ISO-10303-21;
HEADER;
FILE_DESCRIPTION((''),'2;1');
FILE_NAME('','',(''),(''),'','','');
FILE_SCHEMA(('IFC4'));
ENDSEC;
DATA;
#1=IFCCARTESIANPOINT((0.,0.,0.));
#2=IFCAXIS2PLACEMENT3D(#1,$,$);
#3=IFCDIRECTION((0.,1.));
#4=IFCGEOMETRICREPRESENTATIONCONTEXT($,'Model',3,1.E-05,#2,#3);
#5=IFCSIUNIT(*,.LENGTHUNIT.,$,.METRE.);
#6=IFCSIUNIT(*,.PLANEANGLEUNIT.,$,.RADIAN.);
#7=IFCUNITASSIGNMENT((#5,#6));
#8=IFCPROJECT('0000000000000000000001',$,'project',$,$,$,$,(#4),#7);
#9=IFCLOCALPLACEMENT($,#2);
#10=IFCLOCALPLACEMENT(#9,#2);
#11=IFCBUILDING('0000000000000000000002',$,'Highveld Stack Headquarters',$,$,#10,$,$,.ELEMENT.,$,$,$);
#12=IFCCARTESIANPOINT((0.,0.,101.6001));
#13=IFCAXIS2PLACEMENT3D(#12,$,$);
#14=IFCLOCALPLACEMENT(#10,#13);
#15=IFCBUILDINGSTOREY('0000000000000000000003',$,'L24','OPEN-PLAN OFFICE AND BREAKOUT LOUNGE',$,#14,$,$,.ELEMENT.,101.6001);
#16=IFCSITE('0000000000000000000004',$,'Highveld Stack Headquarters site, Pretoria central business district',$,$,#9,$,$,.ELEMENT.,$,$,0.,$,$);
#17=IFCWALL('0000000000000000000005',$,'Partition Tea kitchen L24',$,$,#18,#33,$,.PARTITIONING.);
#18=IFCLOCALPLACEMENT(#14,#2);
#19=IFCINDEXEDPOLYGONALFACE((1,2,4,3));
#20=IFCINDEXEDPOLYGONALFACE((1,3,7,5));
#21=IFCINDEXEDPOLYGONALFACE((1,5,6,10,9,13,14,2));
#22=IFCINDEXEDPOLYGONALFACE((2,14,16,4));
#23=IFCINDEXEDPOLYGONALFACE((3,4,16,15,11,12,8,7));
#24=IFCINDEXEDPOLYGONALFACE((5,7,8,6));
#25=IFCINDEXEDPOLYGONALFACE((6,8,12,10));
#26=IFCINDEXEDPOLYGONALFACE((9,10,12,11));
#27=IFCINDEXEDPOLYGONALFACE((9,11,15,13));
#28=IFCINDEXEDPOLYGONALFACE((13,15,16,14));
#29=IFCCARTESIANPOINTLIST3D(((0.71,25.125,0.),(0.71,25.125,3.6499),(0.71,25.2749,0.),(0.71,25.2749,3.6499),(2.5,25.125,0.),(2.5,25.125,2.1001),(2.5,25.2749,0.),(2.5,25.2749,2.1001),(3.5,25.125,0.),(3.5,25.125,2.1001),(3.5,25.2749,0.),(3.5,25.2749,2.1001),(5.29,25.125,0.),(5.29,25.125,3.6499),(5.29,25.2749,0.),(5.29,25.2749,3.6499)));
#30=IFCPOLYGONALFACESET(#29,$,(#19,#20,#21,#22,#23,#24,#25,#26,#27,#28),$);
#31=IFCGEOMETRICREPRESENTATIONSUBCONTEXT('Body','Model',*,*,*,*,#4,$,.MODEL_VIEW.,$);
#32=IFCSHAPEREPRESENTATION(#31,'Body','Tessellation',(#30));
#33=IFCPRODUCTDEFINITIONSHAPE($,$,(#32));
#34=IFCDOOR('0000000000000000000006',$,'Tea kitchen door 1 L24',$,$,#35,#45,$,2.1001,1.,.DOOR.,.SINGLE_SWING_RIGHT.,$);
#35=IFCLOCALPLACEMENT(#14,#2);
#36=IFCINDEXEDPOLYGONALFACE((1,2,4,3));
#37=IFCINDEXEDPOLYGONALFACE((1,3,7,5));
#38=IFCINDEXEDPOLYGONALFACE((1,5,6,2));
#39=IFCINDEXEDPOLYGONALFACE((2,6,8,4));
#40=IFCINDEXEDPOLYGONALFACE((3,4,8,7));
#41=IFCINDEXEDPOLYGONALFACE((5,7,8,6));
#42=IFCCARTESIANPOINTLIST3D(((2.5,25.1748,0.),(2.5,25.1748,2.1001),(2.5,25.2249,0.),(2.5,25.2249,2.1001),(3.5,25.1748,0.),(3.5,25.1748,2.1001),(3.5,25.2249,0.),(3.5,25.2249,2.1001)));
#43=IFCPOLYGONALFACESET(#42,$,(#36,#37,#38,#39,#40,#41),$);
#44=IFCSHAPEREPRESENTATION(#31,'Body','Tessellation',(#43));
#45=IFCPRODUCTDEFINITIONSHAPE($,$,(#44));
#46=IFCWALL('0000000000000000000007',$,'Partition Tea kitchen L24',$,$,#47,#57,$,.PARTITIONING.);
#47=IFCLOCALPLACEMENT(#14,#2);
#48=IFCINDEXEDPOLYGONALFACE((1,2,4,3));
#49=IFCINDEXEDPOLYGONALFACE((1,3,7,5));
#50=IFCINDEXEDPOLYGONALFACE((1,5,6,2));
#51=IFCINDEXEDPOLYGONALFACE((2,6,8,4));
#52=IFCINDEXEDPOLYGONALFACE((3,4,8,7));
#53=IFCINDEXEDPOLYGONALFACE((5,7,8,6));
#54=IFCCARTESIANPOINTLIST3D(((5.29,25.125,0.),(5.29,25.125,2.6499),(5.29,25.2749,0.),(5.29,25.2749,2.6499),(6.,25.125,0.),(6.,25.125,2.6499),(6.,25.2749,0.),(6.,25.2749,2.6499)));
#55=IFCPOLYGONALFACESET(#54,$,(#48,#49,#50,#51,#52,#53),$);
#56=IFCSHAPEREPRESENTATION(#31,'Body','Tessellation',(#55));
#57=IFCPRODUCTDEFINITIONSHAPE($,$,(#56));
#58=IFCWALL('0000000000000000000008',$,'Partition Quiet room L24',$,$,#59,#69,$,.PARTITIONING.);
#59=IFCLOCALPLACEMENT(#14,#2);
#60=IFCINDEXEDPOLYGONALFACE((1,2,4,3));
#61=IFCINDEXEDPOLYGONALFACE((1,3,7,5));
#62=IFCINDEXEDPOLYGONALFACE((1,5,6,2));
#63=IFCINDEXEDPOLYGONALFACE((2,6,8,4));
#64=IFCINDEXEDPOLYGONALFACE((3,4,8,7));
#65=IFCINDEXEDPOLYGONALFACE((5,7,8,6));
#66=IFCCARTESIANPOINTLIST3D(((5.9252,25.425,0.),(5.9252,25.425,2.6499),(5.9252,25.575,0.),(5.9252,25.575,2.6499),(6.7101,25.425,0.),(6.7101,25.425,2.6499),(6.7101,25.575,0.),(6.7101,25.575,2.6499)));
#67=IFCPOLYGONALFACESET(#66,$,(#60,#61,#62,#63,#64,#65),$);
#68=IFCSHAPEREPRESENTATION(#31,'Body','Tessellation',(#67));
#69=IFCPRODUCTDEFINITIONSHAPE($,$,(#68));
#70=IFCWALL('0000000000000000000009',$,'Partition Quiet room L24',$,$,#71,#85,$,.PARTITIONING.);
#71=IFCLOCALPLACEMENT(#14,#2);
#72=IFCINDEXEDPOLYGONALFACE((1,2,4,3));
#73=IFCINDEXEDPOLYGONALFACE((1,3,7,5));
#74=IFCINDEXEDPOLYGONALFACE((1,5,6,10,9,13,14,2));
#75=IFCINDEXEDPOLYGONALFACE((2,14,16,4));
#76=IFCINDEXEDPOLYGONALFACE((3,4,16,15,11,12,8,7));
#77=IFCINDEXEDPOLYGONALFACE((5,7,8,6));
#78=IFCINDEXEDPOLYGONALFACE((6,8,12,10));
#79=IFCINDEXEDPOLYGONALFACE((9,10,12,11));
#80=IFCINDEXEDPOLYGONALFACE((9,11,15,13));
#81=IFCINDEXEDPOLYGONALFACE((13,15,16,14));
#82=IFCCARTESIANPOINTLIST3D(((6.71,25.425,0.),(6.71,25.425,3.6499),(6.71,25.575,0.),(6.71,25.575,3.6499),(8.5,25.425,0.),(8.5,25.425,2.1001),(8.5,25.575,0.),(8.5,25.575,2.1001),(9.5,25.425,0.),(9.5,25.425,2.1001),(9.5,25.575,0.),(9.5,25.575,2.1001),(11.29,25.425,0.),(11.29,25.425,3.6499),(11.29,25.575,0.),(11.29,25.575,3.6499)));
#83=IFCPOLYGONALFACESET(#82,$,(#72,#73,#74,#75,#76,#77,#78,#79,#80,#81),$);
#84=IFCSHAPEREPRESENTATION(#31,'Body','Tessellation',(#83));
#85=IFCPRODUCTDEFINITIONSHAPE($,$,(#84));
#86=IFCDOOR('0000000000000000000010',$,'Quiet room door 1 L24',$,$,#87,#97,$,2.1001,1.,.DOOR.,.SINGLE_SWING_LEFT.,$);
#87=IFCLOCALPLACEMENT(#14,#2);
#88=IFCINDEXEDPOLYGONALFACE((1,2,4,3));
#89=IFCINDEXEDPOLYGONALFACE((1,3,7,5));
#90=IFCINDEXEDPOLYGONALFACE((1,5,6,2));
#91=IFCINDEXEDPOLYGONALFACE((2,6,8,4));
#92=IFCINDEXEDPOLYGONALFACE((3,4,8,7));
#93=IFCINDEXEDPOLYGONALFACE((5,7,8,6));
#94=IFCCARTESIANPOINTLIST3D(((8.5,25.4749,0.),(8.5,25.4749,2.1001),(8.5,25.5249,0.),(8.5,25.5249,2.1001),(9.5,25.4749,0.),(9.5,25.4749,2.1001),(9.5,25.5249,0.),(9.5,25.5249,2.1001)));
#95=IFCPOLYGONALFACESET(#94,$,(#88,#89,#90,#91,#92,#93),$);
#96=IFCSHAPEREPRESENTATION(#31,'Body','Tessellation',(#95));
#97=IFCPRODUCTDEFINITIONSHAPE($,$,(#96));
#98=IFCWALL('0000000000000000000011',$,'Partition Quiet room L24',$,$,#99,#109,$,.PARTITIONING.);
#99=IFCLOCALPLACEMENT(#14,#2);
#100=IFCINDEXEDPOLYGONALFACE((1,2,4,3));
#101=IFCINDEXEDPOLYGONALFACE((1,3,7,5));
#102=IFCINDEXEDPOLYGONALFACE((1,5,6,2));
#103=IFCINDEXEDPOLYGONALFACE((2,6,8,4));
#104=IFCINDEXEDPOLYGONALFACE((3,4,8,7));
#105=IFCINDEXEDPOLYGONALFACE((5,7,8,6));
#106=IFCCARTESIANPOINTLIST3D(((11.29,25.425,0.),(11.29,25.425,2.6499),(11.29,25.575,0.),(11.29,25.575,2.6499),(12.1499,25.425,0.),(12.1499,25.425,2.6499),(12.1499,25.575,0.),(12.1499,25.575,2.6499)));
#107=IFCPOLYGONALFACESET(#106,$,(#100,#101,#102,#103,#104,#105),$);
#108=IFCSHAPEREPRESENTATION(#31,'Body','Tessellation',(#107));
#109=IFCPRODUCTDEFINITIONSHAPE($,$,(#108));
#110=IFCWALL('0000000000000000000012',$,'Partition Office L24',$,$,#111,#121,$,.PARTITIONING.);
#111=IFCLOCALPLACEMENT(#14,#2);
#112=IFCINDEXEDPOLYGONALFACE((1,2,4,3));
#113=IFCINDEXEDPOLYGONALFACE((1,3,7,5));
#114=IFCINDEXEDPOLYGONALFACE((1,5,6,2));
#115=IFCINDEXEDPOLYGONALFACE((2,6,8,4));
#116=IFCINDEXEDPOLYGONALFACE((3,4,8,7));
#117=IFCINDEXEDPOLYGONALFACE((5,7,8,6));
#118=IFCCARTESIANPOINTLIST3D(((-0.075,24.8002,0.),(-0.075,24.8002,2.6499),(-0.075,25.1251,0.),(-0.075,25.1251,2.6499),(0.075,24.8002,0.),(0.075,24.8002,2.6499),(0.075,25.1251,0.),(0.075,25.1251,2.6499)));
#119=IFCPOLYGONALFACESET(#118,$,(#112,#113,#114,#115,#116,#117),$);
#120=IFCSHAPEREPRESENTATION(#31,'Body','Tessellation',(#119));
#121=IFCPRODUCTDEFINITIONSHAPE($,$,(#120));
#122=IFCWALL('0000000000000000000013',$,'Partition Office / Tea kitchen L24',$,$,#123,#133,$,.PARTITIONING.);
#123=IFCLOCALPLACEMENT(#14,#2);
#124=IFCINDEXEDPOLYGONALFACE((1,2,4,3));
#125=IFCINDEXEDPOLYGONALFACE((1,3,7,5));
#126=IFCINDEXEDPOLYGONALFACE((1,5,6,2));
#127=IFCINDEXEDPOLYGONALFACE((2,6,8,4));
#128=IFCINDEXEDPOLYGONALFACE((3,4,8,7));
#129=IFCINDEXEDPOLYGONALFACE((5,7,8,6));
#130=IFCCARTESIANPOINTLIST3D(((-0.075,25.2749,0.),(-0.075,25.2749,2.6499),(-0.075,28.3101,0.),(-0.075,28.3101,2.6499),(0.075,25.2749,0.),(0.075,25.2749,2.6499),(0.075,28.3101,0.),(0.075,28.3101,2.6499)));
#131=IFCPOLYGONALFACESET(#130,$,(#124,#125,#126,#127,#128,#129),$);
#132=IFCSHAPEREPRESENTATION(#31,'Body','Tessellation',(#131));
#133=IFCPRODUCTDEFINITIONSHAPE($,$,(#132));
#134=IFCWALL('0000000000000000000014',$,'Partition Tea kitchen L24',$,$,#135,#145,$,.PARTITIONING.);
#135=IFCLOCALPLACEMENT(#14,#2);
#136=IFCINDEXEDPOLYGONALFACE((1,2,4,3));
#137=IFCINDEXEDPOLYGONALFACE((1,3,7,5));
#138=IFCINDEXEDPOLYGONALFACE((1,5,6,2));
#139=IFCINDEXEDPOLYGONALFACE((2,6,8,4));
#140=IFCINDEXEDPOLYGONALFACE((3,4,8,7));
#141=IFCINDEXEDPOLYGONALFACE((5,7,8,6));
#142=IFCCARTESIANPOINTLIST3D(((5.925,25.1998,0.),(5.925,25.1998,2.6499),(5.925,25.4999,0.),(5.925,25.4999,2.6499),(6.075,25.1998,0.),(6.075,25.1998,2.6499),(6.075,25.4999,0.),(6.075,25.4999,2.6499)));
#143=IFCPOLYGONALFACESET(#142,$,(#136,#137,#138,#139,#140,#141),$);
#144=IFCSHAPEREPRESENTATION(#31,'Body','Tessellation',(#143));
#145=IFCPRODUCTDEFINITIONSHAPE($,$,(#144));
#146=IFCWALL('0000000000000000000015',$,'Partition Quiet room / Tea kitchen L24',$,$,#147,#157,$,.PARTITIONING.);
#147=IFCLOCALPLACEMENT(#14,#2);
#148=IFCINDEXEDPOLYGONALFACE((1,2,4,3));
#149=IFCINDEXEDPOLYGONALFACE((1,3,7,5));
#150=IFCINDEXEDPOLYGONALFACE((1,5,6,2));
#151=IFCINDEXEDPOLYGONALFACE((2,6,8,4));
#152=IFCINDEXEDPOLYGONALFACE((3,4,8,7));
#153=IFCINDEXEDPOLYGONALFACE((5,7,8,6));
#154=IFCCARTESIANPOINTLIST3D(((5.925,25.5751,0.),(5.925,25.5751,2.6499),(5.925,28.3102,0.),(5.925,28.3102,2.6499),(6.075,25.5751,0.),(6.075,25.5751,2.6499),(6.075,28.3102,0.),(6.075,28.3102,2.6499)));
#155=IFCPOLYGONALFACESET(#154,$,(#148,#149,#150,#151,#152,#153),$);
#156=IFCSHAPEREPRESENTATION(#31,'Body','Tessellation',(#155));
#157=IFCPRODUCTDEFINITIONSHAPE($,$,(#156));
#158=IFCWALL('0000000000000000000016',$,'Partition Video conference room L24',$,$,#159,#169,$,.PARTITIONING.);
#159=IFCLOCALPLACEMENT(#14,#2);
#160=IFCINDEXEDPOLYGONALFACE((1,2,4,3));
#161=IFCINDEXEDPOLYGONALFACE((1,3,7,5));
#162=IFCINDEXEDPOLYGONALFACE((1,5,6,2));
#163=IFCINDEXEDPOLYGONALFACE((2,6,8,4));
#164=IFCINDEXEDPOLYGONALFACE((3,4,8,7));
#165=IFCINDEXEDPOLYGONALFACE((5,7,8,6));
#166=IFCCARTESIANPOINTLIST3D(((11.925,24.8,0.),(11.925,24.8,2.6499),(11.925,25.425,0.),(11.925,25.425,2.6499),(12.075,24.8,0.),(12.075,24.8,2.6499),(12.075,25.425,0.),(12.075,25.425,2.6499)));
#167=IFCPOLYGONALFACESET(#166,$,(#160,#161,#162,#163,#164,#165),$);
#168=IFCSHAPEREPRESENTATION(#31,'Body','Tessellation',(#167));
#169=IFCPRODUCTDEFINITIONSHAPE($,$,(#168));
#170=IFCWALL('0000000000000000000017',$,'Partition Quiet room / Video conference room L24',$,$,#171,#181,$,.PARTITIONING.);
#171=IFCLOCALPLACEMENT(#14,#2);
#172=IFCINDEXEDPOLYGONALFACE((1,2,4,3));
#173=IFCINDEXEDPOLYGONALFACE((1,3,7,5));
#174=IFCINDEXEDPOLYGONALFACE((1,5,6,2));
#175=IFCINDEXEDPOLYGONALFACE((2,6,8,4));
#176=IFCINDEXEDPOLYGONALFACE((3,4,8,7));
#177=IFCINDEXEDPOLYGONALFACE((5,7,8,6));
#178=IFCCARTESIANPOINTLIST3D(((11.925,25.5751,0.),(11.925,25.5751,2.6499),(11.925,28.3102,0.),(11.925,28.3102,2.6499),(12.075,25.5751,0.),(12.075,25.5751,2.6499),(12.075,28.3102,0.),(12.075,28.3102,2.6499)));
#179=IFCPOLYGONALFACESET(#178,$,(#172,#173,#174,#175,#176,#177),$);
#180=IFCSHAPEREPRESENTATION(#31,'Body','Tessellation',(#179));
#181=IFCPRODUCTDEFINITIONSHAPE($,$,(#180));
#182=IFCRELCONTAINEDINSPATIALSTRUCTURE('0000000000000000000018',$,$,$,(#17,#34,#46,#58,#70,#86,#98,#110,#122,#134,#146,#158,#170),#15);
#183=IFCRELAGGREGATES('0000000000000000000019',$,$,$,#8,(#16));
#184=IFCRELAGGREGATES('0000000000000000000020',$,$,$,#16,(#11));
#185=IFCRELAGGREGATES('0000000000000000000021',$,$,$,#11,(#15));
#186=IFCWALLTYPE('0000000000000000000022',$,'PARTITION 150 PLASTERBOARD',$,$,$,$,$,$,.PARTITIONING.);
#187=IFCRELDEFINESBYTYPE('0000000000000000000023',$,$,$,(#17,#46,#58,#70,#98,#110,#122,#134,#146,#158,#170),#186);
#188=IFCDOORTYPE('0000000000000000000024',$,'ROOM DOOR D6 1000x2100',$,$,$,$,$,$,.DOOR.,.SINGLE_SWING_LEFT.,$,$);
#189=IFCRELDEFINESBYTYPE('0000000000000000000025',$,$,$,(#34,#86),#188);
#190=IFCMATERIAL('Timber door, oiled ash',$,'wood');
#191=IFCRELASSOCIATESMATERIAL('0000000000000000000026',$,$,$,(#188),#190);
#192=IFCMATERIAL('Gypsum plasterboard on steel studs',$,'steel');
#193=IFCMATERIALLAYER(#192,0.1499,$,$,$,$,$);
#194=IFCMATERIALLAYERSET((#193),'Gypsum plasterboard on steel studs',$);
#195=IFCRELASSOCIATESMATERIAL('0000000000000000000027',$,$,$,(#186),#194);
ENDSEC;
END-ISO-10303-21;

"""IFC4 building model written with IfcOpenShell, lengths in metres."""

from ifc_helpers import new_model, si_unit, direction, frame, frame_2d, origin, place, context, subcontext, project, spatial, rectangle, extrude, material, layer, layer_set, type_object, element, fill, save


model = new_model("IFC4")

# Units and contexts
model_context = context("Model", 3, precision=1e-05, world=origin(), true_north=direction((0.0, 1.0)))
body_context = subcontext(model_context, "Body", "Model", "MODEL_VIEW")
ifc_project = project(units=[si_unit("LENGTHUNIT", "METRE"), si_unit("PLANEANGLEUNIT", "RADIAN")], contexts=[model_context])

# Site, building, storey
site_placement = place(None, origin())
site = spatial("IfcSite", under=ifc_project, at=site_placement, Name="Highveld Stack Headquarters site, Pretoria central business district", CompositionType="ELEMENT", RefElevation=0.0)
building_placement = place(site_placement, origin())
building = spatial("IfcBuilding", under=site, at=building_placement, Name="Highveld Stack Headquarters", CompositionType="ELEMENT")
storey_placement = place(building_placement, frame((0.0, 0.0, 101.6001)))
storey = spatial("IfcBuildingStorey", under=building, at=storey_placement, Name="L24", Description="OPEN-PLAN OFFICE AND BREAKOUT LOUNGE", CompositionType="ELEMENT", Elevation=101.6001)

# Shared definitions
ifc_material_1 = material(Name="Timber door, oiled ash", Category="wood")
door_type = type_object("IfcDoorType", Name="ROOM DOOR D6 1000x2100", OperationType="SINGLE_SWING_LEFT", PredefinedType="DOOR", material=ifc_material_1)

# Shared definitions
ifc_material_2 = material(Name="Gypsum plasterboard on steel studs", Category="steel")
ifc_layer_1 = layer(ifc_material_2, 0.1499)
ifc_layer_set_1 = layer_set([ifc_layer_1], Name="Gypsum plasterboard on steel studs")
wall_type_1 = type_object("IfcWallType", Name="PARTITION 150 PLASTERBOARD", PredefinedType="PARTITIONING", material=ifc_layer_set_1)

# Wall, opening, door
wall_1_placement = place(storey_placement, frame((0.71, 25.2, 0.0), z_axis=(0.0, 0.0, 1.0), x_axis=(1.0, 0.0, 0.0)))
wall_1 = element("IfcWall", 1, at=wall_1_placement, inside=storey, type_object=wall_type_1, Name="Partition Tea kitchen L24", PredefinedType="PARTITIONING", context=body_context, shape_type="SweptSolid", body=[
    extrude(rectangle(XDim=4.5801, YDim=0.1499, at=frame_2d((2.29, 0.0))), origin(), (0.0, 0.0, 1.0), 3.6499),
])
opening_1_placement = place(wall_1_placement, frame((1.79, 0.0, 0.0)))
opening_1 = element("IfcOpeningElement", 2, at=opening_1_placement, cuts=wall_1, PredefinedType="OPENING", context=body_context, shape_type="SweptSolid", body=[
    extrude(rectangle(XDim=1.0, YDim=2.1001, at=frame_2d((0.5, 1.05))), frame((0.0, 0.085, 0.0), z_axis=(0.0, -1.0, 0.0), x_axis=(1.0, 0.0, 0.0)), (0.0, 0.0, 1.0), 0.1699),
])
door_1_placement = place(opening_1_placement, origin())
door_1 = element("IfcDoor", 3, at=door_1_placement, inside=storey, type_object=door_type, Name="Tea kitchen door 1 L24", OperationType="SINGLE_SWING_RIGHT", OverallHeight=2.1001, OverallWidth=1.0, PredefinedType="DOOR", context=body_context, shape_type="SweptSolid", body=[
    extrude(rectangle(XDim=1.0, YDim=2.1001, at=frame_2d((0.5, 1.05))), frame((0.0, 0.0249, 0.0), z_axis=(0.0, -1.0, 0.0), x_axis=(1.0, 0.0, 0.0)), (0.0, 0.0, 1.0), 0.05),
])
fill(opening_1, door_1)

# Walls
wall_2_placement = place(storey_placement, frame((5.29, 25.2, 0.0), z_axis=(0.0, 0.0, 1.0), x_axis=(1.0, 0.0, 0.0)))
element("IfcWall", 4, at=wall_2_placement, inside=storey, type_object=wall_type_1, Name="Partition Tea kitchen L24", PredefinedType="PARTITIONING", context=body_context, shape_type="SweptSolid", body=[
    extrude(rectangle(XDim=0.71, YDim=0.1499, at=frame_2d((0.355, 0.0))), origin(), (0.0, 0.0, 1.0), 2.6499),
])
wall_3_placement = place(storey_placement, frame((5.925, 25.5, 0.0), z_axis=(0.0, 0.0, 1.0), x_axis=(1.0, 0.0, 0.0)))
element("IfcWall", 5, at=wall_3_placement, inside=storey, type_object=wall_type_1, Name="Partition Quiet room L24", PredefinedType="PARTITIONING", context=body_context, shape_type="SweptSolid", body=[
    extrude(rectangle(XDim=0.7849, YDim=0.1499, at=frame_2d((0.3926, 0.0))), origin(), (0.0, 0.0, 1.0), 2.6499),
])

# Wall, opening, door
wall_4_placement = place(storey_placement, frame((6.71, 25.5, 0.0), z_axis=(0.0, 0.0, 1.0), x_axis=(1.0, 0.0, 0.0)))
wall_4 = element("IfcWall", 6, at=wall_4_placement, inside=storey, type_object=wall_type_1, Name="Partition Quiet room L24", PredefinedType="PARTITIONING", context=body_context, shape_type="SweptSolid", body=[
    extrude(rectangle(XDim=4.5801, YDim=0.1499, at=frame_2d((2.29, 0.0))), origin(), (0.0, 0.0, 1.0), 3.6499),
])
opening_2_placement = place(wall_4_placement, frame((1.79, 0.0, 0.0)))
opening_2 = element("IfcOpeningElement", 7, at=opening_2_placement, cuts=wall_4, PredefinedType="OPENING", context=body_context, shape_type="SweptSolid", body=[
    extrude(rectangle(XDim=1.0, YDim=2.1001, at=frame_2d((0.5, 1.05))), frame((0.0, 0.085, 0.0), z_axis=(0.0, -1.0, 0.0), x_axis=(1.0, 0.0, 0.0)), (0.0, 0.0, 1.0), 0.1699),
])
door_2_placement = place(opening_2_placement, origin())
door_2 = element("IfcDoor", 8, at=door_2_placement, inside=storey, type_object=door_type, Name="Quiet room door 1 L24", OperationType="SINGLE_SWING_LEFT", OverallHeight=2.1001, OverallWidth=1.0, PredefinedType="DOOR", context=body_context, shape_type="SweptSolid", body=[
    extrude(rectangle(XDim=1.0, YDim=2.1001, at=frame_2d((0.5, 1.05))), frame((0.0, 0.0249, 0.0), z_axis=(0.0, -1.0, 0.0), x_axis=(1.0, 0.0, 0.0)), (0.0, 0.0, 1.0), 0.05),
])
fill(opening_2, door_2)

# Walls
wall_5_placement = place(storey_placement, frame((11.29, 25.5, 0.0), z_axis=(0.0, 0.0, 1.0), x_axis=(1.0, 0.0, 0.0)))
element("IfcWall", 9, at=wall_5_placement, inside=storey, type_object=wall_type_1, Name="Partition Quiet room L24", PredefinedType="PARTITIONING", context=body_context, shape_type="SweptSolid", body=[
    extrude(rectangle(XDim=0.8599, YDim=0.1499, at=frame_2d((0.4299, 0.0))), origin(), (0.0, 0.0, 1.0), 2.6499),
])
wall_6_placement = place(storey_placement, frame((0.0, 24.8, 0.0), z_axis=(0.0, 0.0, 1.0), x_axis=(0.0, 1.0, 0.0)))
element("IfcWall", 10, at=wall_6_placement, inside=storey, type_object=wall_type_1, Name="Partition Office L24", PredefinedType="PARTITIONING", context=body_context, shape_type="SweptSolid", body=[
    extrude(rectangle(XDim=0.325, YDim=0.1499, at=frame_2d((0.1626, 0.0))), origin(), (0.0, 0.0, 1.0), 2.6499),
])
wall_7_placement = place(storey_placement, frame((0.0, 25.2749, 0.0), z_axis=(0.0, 0.0, 1.0), x_axis=(0.0, 1.0, 0.0)))
element("IfcWall", 11, at=wall_7_placement, inside=storey, type_object=wall_type_1, Name="Partition Office / Tea kitchen L24", PredefinedType="PARTITIONING", context=body_context, shape_type="SweptSolid", body=[
    extrude(rectangle(XDim=3.0352, YDim=0.1499, at=frame_2d((1.5176, 0.0))), origin(), (0.0, 0.0, 1.0), 2.6499),
])
wall_8_placement = place(storey_placement, frame((6.0, 25.2, 0.0), z_axis=(0.0, 0.0, 1.0), x_axis=(0.0, 1.0, 0.0)))
element("IfcWall", 12, at=wall_8_placement, inside=storey, type_object=wall_type_1, Name="Partition Tea kitchen L24", PredefinedType="PARTITIONING", context=body_context, shape_type="SweptSolid", body=[
    extrude(rectangle(XDim=0.3, YDim=0.1499, at=frame_2d((0.1499, 0.0))), origin(), (0.0, 0.0, 1.0), 2.6499),
])
wall_9_placement = place(storey_placement, frame((6.0, 25.575, 0.0), z_axis=(0.0, 0.0, 1.0), x_axis=(0.0, 1.0, 0.0)))
element("IfcWall", 13, at=wall_9_placement, inside=storey, type_object=wall_type_1, Name="Partition Quiet room / Tea kitchen L24", PredefinedType="PARTITIONING", context=body_context, shape_type="SweptSolid", body=[
    extrude(rectangle(XDim=2.7351, YDim=0.1499, at=frame_2d((1.3677, 0.0))), origin(), (0.0, 0.0, 1.0), 2.6499),
])
wall_10_placement = place(storey_placement, frame((12.0, 24.8, 0.0), z_axis=(0.0, 0.0, 1.0), x_axis=(0.0, 1.0, 0.0)))
element("IfcWall", 14, at=wall_10_placement, inside=storey, type_object=wall_type_1, Name="Partition Video conference room L24", PredefinedType="PARTITIONING", context=body_context, shape_type="SweptSolid", body=[
    extrude(rectangle(XDim=0.625, YDim=0.1499, at=frame_2d((0.3125, 0.0))), origin(), (0.0, 0.0, 1.0), 2.6499),
])
wall_11_placement = place(storey_placement, frame((12.0, 25.575, 0.0), z_axis=(0.0, 0.0, 1.0), x_axis=(0.0, 1.0, 0.0)))
element("IfcWall", 15, at=wall_11_placement, inside=storey, type_object=wall_type_1, Name="Partition Quiet room / Video conference room L24", PredefinedType="PARTITIONING", context=body_context, shape_type="SweptSolid", body=[
    extrude(rectangle(XDim=2.7351, YDim=0.1499, at=frame_2d((1.3677, 0.0))), origin(), (0.0, 0.0, 1.0), 2.6499),
])

save(model, "model.ifc")
